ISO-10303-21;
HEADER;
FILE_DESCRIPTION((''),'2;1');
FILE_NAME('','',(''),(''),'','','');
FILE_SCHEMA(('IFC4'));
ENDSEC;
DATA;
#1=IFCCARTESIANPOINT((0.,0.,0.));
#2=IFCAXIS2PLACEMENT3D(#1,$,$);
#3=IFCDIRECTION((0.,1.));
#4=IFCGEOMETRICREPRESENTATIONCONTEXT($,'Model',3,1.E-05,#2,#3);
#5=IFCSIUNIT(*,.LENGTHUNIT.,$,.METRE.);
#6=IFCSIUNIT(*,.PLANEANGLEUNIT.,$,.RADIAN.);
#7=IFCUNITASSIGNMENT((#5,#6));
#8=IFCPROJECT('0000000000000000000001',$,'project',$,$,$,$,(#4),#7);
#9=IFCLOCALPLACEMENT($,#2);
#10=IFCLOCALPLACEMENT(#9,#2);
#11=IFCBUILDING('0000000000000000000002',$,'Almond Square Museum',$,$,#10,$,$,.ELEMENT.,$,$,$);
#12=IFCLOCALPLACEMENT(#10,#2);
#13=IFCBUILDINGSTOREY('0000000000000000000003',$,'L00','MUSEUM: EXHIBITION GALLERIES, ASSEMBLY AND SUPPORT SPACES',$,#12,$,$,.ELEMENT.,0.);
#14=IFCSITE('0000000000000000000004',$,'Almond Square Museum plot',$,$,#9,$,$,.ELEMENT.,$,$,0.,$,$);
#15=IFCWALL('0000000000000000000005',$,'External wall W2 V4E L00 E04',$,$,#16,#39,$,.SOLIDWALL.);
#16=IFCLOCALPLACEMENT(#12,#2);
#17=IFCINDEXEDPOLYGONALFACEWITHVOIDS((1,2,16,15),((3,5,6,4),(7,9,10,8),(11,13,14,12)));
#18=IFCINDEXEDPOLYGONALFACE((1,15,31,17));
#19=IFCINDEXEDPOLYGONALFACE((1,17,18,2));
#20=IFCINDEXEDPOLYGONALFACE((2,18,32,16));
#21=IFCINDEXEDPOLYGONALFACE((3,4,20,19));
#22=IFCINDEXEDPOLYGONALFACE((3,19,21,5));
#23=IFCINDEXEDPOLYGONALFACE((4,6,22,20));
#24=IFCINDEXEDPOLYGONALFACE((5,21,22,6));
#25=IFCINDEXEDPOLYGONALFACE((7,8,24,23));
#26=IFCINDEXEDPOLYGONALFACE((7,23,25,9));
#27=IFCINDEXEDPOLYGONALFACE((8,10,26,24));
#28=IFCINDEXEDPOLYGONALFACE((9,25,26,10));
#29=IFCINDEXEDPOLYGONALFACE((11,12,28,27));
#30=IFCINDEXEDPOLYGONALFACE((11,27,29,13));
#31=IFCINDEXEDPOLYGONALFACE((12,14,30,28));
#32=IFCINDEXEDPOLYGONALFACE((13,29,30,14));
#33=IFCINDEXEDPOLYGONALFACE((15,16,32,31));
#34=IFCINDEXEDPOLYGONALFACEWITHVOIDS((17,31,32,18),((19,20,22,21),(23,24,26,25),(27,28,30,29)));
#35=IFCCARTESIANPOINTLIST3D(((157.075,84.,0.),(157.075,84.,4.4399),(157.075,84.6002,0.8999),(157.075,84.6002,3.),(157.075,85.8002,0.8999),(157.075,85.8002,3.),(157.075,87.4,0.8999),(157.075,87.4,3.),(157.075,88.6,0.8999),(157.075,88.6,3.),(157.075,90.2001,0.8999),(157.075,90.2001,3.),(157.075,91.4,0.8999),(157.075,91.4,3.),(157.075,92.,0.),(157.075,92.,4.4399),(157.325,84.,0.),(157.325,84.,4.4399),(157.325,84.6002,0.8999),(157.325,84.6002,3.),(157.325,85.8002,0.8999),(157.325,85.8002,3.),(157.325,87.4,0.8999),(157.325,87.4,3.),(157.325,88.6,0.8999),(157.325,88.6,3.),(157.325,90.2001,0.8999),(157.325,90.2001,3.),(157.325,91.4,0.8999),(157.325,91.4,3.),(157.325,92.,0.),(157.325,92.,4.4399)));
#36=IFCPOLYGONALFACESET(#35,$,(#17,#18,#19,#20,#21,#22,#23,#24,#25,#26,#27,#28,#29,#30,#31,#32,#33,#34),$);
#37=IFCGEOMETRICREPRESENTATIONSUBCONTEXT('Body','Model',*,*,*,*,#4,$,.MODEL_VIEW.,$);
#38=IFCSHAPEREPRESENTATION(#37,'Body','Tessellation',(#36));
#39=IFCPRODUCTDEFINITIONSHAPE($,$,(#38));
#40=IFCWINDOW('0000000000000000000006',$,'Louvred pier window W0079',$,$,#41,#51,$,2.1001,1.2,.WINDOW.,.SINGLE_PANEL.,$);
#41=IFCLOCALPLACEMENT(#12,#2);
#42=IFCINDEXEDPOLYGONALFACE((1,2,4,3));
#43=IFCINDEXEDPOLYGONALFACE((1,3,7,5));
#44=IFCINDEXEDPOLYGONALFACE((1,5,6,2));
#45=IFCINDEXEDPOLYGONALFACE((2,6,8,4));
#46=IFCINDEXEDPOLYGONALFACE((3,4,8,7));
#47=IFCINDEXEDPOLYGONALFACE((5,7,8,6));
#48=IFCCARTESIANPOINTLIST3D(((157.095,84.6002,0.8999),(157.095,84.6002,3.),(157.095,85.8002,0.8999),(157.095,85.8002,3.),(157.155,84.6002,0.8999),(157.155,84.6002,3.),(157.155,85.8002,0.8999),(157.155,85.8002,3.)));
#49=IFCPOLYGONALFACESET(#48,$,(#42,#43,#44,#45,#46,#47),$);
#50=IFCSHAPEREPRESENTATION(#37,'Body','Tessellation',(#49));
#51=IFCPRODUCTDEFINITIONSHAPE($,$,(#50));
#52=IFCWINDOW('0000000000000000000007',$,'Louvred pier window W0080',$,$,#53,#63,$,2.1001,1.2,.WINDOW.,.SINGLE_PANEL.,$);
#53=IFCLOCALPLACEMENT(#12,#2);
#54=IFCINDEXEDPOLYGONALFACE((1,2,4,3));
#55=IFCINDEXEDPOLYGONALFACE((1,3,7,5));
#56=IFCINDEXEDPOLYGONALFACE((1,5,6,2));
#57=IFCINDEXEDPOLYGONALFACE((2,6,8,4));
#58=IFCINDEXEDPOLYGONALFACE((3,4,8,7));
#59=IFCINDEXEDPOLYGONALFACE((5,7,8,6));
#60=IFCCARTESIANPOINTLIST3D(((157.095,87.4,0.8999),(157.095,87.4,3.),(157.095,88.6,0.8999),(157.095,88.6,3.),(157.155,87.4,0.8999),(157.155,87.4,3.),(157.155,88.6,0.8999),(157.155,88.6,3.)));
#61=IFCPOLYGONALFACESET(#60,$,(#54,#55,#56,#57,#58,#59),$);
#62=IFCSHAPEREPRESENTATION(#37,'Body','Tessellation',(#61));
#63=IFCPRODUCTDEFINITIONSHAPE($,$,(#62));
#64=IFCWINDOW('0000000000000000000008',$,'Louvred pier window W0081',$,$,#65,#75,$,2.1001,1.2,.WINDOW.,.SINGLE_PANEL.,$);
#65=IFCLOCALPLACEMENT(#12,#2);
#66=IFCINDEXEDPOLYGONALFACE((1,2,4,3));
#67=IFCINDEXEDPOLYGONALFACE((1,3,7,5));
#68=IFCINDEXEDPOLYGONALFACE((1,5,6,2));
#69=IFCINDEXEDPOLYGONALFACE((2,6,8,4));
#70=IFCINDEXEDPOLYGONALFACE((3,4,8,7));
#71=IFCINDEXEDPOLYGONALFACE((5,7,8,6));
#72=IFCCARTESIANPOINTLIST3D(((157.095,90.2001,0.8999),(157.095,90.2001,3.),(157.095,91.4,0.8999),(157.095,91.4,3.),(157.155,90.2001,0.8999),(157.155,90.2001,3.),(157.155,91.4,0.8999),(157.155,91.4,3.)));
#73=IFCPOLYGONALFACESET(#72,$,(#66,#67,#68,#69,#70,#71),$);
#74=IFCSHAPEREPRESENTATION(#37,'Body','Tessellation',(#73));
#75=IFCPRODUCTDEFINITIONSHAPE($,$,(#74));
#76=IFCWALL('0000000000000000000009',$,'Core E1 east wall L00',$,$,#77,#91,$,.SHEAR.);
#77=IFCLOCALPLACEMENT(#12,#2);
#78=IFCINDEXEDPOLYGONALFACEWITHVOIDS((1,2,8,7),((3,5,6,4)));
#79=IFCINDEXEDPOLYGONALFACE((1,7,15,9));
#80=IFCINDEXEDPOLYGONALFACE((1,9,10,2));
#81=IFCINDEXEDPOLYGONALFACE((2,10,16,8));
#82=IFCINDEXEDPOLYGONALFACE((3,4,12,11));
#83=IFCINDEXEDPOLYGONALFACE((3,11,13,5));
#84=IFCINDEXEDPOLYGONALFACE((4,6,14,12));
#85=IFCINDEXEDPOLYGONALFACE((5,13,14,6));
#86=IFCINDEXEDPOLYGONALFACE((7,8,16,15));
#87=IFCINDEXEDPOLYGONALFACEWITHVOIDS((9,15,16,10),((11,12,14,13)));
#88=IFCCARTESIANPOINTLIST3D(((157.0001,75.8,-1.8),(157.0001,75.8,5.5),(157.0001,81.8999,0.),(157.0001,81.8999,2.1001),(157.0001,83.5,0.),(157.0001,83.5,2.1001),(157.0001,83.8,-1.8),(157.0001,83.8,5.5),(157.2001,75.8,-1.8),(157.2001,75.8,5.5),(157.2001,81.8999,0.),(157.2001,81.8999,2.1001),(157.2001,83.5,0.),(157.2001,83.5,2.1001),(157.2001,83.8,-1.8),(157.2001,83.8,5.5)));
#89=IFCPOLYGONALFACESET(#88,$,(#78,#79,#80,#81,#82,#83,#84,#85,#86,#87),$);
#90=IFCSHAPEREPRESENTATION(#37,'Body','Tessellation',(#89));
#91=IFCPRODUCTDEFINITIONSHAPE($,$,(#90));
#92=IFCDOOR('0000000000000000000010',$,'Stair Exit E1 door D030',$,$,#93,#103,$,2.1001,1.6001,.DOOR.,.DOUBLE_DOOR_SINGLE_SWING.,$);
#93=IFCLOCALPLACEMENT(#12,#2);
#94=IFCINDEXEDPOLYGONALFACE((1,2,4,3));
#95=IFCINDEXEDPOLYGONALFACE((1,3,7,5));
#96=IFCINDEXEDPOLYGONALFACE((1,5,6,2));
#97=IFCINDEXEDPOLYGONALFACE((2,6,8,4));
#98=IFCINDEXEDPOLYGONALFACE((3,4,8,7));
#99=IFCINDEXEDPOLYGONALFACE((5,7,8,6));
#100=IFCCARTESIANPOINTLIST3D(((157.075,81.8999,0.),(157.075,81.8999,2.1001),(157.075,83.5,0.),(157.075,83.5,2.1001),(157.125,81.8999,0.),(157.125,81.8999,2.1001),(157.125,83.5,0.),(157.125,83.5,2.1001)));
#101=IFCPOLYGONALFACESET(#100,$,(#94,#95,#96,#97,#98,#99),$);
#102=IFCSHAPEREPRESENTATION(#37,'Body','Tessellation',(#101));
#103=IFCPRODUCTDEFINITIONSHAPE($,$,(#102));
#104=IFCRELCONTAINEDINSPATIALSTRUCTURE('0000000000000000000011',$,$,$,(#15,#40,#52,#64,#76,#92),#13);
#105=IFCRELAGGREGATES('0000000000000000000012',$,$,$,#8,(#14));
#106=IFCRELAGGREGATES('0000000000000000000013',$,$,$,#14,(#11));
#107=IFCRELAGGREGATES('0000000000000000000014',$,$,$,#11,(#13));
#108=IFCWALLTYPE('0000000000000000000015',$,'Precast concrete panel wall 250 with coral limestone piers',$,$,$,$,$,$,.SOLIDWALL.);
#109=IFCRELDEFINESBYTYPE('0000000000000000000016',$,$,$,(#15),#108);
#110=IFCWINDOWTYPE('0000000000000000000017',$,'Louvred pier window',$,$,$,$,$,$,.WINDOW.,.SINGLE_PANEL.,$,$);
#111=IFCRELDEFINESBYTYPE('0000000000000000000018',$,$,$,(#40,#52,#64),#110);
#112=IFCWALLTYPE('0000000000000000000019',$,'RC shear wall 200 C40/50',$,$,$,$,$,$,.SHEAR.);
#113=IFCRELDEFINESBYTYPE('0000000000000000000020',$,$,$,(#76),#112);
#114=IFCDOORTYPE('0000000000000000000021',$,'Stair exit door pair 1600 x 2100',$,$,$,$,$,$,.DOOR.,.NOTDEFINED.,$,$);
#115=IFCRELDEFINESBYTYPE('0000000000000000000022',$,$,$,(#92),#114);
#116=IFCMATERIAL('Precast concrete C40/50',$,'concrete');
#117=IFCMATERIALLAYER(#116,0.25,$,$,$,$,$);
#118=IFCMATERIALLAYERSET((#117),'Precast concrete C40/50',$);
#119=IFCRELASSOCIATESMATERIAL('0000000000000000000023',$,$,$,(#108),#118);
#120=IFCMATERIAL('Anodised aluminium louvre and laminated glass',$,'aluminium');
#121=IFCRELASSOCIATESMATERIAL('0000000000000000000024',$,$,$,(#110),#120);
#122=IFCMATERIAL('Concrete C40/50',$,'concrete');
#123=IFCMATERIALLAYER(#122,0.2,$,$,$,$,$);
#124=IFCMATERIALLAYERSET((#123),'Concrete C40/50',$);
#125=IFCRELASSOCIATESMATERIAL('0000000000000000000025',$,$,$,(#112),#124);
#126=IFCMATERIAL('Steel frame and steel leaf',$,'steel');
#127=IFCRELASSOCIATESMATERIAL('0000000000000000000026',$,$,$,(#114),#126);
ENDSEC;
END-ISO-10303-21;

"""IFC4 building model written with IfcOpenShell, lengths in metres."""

from ifc_helpers import new_model, si_unit, direction, frame, frame_2d, origin, place, context, subcontext, project, spatial, rectangle, extrude, material, layer, layer_set, type_object, element, fill, save


model = new_model("IFC4")

# Units and contexts
model_context = context("Model", 3, precision=1e-05, world=origin(), true_north=direction((0.0, 1.0)))
body_context = subcontext(model_context, "Body", "Model", "MODEL_VIEW")
ifc_project = project(units=[si_unit("LENGTHUNIT", "METRE"), si_unit("PLANEANGLEUNIT", "RADIAN")], contexts=[model_context])

# Site, building, storey
site_placement = place(None, origin())
site = spatial("IfcSite", under=ifc_project, at=site_placement, Name="Almond Square Museum plot", CompositionType="ELEMENT", RefElevation=0.0)
building_placement = place(site_placement, origin())
building = spatial("IfcBuilding", under=site, at=building_placement, Name="Almond Square Museum", CompositionType="ELEMENT")
storey_placement = place(building_placement, origin())
storey = spatial("IfcBuildingStorey", under=building, at=storey_placement, Name="L00", Description="MUSEUM: EXHIBITION GALLERIES, ASSEMBLY AND SUPPORT SPACES", CompositionType="ELEMENT", Elevation=0.0)

# Wall, openings, windows
ifc_material_1 = material(Name="Precast concrete C40/50", Category="concrete")
ifc_layer_1 = layer(ifc_material_1, 0.25)
ifc_layer_set_1 = layer_set([ifc_layer_1], Name="Precast concrete C40/50")
wall_type_1 = type_object("IfcWallType", Name="Precast concrete panel wall 250 with coral limestone piers", PredefinedType="SOLIDWALL", material=ifc_layer_set_1)
wall_1_placement = place(storey_placement, frame((157.2, 84.0, 0.0), z_axis=(0.0, 0.0, 1.0), x_axis=(0.0, 1.0, 0.0)))
wall_1 = element("IfcWall", 1, at=wall_1_placement, inside=storey, type_object=wall_type_1, Name="External wall W2 V4E L00 E04", PredefinedType="SOLIDWALL", context=body_context, shape_type="SweptSolid", body=[
    extrude(rectangle(XDim=8.0, YDim=0.25, at=frame_2d((4.0, 0.0))), origin(), (0.0, 0.0, 1.0), 4.4399),
])
opening_1_placement = place(wall_1_placement, frame((0.6001, 0.0, 0.8999)))
opening_1 = element("IfcOpeningElement", 2, at=opening_1_placement, cuts=wall_1, PredefinedType="OPENING", context=body_context, shape_type="SweptSolid", body=[
    extrude(rectangle(XDim=1.2, YDim=2.1001, at=frame_2d((0.6001, 1.05))), frame((0.0, 0.135, 0.0), z_axis=(0.0, -1.0, 0.0), x_axis=(1.0, 0.0, 0.0)), (0.0, 0.0, 1.0), 0.27),
])
opening_2_placement = place(wall_1_placement, frame((3.3999, 0.0, 0.8999)))
opening_2 = element("IfcOpeningElement", 3, at=opening_2_placement, cuts=wall_1, PredefinedType="OPENING", context=body_context, shape_type="SweptSolid", body=[
    extrude(rectangle(XDim=1.2, YDim=2.1001, at=frame_2d((0.6001, 1.05))), frame((0.0, 0.135, 0.0), z_axis=(0.0, -1.0, 0.0), x_axis=(1.0, 0.0, 0.0)), (0.0, 0.0, 1.0), 0.27),
])
opening_3_placement = place(wall_1_placement, frame((6.2, 0.0, 0.8999)))
opening_3 = element("IfcOpeningElement", 4, at=opening_3_placement, cuts=wall_1, PredefinedType="OPENING", context=body_context, shape_type="SweptSolid", body=[
    extrude(rectangle(XDim=1.2, YDim=2.1001, at=frame_2d((0.6001, 1.05))), frame((0.0, 0.135, 0.0), z_axis=(0.0, -1.0, 0.0), x_axis=(1.0, 0.0, 0.0)), (0.0, 0.0, 1.0), 0.27),
])
ifc_material_2 = material(Name="Anodised aluminium louvre and laminated glass", Category="aluminium")
window_type = type_object("IfcWindowType", Name="Louvred pier window", PartitioningType="SINGLE_PANEL", PredefinedType="WINDOW", material=ifc_material_2)
window_1_placement = place(opening_1_placement, origin())
window_1 = element("IfcWindow", 5, at=window_1_placement, inside=storey, type_object=window_type, Name="Louvred pier window W0079", OverallHeight=2.1001, OverallWidth=1.2, PartitioningType="SINGLE_PANEL", PredefinedType="WINDOW", context=body_context, shape_type="SweptSolid", body=[
    extrude(rectangle(XDim=1.2, YDim=2.1001, at=frame_2d((0.6001, 1.05))), frame((0.0, 0.105, 0.0), z_axis=(0.0, -1.0, 0.0), x_axis=(1.0, 0.0, 0.0)), (0.0, 0.0, 1.0), 0.0601),
])
fill(opening_1, window_1)
window_2_placement = place(opening_2_placement, origin())
window_2 = element("IfcWindow", 6, at=window_2_placement, inside=storey, type_object=window_type, Name="Louvred pier window W0080", OverallHeight=2.1001, OverallWidth=1.2, PartitioningType="SINGLE_PANEL", PredefinedType="WINDOW", context=body_context, shape_type="SweptSolid", body=[
    extrude(rectangle(XDim=1.2, YDim=2.1001, at=frame_2d((0.6001, 1.05))), frame((0.0, 0.105, 0.0), z_axis=(0.0, -1.0, 0.0), x_axis=(1.0, 0.0, 0.0)), (0.0, 0.0, 1.0), 0.0601),
])
fill(opening_2, window_2)
window_3_placement = place(opening_3_placement, origin())
window_3 = element("IfcWindow", 7, at=window_3_placement, inside=storey, type_object=window_type, Name="Louvred pier window W0081", OverallHeight=2.1001, OverallWidth=1.2, PartitioningType="SINGLE_PANEL", PredefinedType="WINDOW", context=body_context, shape_type="SweptSolid", body=[
    extrude(rectangle(XDim=1.2, YDim=2.1001, at=frame_2d((0.6001, 1.05))), frame((0.0, 0.105, 0.0), z_axis=(0.0, -1.0, 0.0), x_axis=(1.0, 0.0, 0.0)), (0.0, 0.0, 1.0), 0.0601),
])
fill(opening_3, window_3)

# Wall, opening, door
ifc_material_3 = material(Name="Concrete C40/50", Category="concrete")
ifc_layer_2 = layer(ifc_material_3, 0.2)
ifc_layer_set_2 = layer_set([ifc_layer_2], Name="Concrete C40/50")
wall_type_2 = type_object("IfcWallType", Name="RC shear wall 200 C40/50", PredefinedType="SHEAR", material=ifc_layer_set_2)
wall_2_placement = place(storey_placement, frame((157.1001, 83.8, -1.8), z_axis=(0.0, 0.0, 1.0), x_axis=(0.0, -1.0, 0.0)))
wall_2 = element("IfcWall", 8, at=wall_2_placement, inside=storey, type_object=wall_type_2, Name="Core E1 east wall L00", PredefinedType="SHEAR", context=body_context, shape_type="SweptSolid", body=[
    extrude(rectangle(XDim=8.0, YDim=0.2, at=frame_2d((4.0, 0.0))), origin(), (0.0, 0.0, 1.0), 7.3),
])
opening_4_placement = place(wall_2_placement, frame((0.3, 0.0, 1.8)))
opening_4 = element("IfcOpeningElement", 9, at=opening_4_placement, cuts=wall_2, PredefinedType="OPENING", context=body_context, shape_type="SweptSolid", body=[
    extrude(rectangle(XDim=1.6001, YDim=2.1001, at=frame_2d((0.8, 1.05))), frame((0.0, 0.1099, 0.0), z_axis=(0.0, -1.0, 0.0), x_axis=(1.0, 0.0, 0.0)), (0.0, 0.0, 1.0), 0.22),
])
ifc_material_4 = material(Name="Steel frame and steel leaf", Category="steel")
door_type = type_object("IfcDoorType", Name="Stair exit door pair 1600 x 2100", OperationType="NOTDEFINED", PredefinedType="DOOR", material=ifc_material_4)
door_placement = place(opening_4_placement, origin())
door = element("IfcDoor", 10, at=door_placement, inside=storey, type_object=door_type, Name="Stair Exit E1 door D030", OperationType="DOUBLE_DOOR_SINGLE_SWING", OverallHeight=2.1001, OverallWidth=1.6001, PredefinedType="DOOR", context=body_context, shape_type="SweptSolid", body=[
    extrude(rectangle(XDim=1.6001, YDim=2.1001, at=frame_2d((0.8, 1.05))), frame((0.0, 0.0249, 0.0), z_axis=(0.0, -1.0, 0.0), x_axis=(1.0, 0.0, 0.0)), (0.0, 0.0, 1.0), 0.05),
])
fill(opening_4, door)

save(model, "model.ifc")
